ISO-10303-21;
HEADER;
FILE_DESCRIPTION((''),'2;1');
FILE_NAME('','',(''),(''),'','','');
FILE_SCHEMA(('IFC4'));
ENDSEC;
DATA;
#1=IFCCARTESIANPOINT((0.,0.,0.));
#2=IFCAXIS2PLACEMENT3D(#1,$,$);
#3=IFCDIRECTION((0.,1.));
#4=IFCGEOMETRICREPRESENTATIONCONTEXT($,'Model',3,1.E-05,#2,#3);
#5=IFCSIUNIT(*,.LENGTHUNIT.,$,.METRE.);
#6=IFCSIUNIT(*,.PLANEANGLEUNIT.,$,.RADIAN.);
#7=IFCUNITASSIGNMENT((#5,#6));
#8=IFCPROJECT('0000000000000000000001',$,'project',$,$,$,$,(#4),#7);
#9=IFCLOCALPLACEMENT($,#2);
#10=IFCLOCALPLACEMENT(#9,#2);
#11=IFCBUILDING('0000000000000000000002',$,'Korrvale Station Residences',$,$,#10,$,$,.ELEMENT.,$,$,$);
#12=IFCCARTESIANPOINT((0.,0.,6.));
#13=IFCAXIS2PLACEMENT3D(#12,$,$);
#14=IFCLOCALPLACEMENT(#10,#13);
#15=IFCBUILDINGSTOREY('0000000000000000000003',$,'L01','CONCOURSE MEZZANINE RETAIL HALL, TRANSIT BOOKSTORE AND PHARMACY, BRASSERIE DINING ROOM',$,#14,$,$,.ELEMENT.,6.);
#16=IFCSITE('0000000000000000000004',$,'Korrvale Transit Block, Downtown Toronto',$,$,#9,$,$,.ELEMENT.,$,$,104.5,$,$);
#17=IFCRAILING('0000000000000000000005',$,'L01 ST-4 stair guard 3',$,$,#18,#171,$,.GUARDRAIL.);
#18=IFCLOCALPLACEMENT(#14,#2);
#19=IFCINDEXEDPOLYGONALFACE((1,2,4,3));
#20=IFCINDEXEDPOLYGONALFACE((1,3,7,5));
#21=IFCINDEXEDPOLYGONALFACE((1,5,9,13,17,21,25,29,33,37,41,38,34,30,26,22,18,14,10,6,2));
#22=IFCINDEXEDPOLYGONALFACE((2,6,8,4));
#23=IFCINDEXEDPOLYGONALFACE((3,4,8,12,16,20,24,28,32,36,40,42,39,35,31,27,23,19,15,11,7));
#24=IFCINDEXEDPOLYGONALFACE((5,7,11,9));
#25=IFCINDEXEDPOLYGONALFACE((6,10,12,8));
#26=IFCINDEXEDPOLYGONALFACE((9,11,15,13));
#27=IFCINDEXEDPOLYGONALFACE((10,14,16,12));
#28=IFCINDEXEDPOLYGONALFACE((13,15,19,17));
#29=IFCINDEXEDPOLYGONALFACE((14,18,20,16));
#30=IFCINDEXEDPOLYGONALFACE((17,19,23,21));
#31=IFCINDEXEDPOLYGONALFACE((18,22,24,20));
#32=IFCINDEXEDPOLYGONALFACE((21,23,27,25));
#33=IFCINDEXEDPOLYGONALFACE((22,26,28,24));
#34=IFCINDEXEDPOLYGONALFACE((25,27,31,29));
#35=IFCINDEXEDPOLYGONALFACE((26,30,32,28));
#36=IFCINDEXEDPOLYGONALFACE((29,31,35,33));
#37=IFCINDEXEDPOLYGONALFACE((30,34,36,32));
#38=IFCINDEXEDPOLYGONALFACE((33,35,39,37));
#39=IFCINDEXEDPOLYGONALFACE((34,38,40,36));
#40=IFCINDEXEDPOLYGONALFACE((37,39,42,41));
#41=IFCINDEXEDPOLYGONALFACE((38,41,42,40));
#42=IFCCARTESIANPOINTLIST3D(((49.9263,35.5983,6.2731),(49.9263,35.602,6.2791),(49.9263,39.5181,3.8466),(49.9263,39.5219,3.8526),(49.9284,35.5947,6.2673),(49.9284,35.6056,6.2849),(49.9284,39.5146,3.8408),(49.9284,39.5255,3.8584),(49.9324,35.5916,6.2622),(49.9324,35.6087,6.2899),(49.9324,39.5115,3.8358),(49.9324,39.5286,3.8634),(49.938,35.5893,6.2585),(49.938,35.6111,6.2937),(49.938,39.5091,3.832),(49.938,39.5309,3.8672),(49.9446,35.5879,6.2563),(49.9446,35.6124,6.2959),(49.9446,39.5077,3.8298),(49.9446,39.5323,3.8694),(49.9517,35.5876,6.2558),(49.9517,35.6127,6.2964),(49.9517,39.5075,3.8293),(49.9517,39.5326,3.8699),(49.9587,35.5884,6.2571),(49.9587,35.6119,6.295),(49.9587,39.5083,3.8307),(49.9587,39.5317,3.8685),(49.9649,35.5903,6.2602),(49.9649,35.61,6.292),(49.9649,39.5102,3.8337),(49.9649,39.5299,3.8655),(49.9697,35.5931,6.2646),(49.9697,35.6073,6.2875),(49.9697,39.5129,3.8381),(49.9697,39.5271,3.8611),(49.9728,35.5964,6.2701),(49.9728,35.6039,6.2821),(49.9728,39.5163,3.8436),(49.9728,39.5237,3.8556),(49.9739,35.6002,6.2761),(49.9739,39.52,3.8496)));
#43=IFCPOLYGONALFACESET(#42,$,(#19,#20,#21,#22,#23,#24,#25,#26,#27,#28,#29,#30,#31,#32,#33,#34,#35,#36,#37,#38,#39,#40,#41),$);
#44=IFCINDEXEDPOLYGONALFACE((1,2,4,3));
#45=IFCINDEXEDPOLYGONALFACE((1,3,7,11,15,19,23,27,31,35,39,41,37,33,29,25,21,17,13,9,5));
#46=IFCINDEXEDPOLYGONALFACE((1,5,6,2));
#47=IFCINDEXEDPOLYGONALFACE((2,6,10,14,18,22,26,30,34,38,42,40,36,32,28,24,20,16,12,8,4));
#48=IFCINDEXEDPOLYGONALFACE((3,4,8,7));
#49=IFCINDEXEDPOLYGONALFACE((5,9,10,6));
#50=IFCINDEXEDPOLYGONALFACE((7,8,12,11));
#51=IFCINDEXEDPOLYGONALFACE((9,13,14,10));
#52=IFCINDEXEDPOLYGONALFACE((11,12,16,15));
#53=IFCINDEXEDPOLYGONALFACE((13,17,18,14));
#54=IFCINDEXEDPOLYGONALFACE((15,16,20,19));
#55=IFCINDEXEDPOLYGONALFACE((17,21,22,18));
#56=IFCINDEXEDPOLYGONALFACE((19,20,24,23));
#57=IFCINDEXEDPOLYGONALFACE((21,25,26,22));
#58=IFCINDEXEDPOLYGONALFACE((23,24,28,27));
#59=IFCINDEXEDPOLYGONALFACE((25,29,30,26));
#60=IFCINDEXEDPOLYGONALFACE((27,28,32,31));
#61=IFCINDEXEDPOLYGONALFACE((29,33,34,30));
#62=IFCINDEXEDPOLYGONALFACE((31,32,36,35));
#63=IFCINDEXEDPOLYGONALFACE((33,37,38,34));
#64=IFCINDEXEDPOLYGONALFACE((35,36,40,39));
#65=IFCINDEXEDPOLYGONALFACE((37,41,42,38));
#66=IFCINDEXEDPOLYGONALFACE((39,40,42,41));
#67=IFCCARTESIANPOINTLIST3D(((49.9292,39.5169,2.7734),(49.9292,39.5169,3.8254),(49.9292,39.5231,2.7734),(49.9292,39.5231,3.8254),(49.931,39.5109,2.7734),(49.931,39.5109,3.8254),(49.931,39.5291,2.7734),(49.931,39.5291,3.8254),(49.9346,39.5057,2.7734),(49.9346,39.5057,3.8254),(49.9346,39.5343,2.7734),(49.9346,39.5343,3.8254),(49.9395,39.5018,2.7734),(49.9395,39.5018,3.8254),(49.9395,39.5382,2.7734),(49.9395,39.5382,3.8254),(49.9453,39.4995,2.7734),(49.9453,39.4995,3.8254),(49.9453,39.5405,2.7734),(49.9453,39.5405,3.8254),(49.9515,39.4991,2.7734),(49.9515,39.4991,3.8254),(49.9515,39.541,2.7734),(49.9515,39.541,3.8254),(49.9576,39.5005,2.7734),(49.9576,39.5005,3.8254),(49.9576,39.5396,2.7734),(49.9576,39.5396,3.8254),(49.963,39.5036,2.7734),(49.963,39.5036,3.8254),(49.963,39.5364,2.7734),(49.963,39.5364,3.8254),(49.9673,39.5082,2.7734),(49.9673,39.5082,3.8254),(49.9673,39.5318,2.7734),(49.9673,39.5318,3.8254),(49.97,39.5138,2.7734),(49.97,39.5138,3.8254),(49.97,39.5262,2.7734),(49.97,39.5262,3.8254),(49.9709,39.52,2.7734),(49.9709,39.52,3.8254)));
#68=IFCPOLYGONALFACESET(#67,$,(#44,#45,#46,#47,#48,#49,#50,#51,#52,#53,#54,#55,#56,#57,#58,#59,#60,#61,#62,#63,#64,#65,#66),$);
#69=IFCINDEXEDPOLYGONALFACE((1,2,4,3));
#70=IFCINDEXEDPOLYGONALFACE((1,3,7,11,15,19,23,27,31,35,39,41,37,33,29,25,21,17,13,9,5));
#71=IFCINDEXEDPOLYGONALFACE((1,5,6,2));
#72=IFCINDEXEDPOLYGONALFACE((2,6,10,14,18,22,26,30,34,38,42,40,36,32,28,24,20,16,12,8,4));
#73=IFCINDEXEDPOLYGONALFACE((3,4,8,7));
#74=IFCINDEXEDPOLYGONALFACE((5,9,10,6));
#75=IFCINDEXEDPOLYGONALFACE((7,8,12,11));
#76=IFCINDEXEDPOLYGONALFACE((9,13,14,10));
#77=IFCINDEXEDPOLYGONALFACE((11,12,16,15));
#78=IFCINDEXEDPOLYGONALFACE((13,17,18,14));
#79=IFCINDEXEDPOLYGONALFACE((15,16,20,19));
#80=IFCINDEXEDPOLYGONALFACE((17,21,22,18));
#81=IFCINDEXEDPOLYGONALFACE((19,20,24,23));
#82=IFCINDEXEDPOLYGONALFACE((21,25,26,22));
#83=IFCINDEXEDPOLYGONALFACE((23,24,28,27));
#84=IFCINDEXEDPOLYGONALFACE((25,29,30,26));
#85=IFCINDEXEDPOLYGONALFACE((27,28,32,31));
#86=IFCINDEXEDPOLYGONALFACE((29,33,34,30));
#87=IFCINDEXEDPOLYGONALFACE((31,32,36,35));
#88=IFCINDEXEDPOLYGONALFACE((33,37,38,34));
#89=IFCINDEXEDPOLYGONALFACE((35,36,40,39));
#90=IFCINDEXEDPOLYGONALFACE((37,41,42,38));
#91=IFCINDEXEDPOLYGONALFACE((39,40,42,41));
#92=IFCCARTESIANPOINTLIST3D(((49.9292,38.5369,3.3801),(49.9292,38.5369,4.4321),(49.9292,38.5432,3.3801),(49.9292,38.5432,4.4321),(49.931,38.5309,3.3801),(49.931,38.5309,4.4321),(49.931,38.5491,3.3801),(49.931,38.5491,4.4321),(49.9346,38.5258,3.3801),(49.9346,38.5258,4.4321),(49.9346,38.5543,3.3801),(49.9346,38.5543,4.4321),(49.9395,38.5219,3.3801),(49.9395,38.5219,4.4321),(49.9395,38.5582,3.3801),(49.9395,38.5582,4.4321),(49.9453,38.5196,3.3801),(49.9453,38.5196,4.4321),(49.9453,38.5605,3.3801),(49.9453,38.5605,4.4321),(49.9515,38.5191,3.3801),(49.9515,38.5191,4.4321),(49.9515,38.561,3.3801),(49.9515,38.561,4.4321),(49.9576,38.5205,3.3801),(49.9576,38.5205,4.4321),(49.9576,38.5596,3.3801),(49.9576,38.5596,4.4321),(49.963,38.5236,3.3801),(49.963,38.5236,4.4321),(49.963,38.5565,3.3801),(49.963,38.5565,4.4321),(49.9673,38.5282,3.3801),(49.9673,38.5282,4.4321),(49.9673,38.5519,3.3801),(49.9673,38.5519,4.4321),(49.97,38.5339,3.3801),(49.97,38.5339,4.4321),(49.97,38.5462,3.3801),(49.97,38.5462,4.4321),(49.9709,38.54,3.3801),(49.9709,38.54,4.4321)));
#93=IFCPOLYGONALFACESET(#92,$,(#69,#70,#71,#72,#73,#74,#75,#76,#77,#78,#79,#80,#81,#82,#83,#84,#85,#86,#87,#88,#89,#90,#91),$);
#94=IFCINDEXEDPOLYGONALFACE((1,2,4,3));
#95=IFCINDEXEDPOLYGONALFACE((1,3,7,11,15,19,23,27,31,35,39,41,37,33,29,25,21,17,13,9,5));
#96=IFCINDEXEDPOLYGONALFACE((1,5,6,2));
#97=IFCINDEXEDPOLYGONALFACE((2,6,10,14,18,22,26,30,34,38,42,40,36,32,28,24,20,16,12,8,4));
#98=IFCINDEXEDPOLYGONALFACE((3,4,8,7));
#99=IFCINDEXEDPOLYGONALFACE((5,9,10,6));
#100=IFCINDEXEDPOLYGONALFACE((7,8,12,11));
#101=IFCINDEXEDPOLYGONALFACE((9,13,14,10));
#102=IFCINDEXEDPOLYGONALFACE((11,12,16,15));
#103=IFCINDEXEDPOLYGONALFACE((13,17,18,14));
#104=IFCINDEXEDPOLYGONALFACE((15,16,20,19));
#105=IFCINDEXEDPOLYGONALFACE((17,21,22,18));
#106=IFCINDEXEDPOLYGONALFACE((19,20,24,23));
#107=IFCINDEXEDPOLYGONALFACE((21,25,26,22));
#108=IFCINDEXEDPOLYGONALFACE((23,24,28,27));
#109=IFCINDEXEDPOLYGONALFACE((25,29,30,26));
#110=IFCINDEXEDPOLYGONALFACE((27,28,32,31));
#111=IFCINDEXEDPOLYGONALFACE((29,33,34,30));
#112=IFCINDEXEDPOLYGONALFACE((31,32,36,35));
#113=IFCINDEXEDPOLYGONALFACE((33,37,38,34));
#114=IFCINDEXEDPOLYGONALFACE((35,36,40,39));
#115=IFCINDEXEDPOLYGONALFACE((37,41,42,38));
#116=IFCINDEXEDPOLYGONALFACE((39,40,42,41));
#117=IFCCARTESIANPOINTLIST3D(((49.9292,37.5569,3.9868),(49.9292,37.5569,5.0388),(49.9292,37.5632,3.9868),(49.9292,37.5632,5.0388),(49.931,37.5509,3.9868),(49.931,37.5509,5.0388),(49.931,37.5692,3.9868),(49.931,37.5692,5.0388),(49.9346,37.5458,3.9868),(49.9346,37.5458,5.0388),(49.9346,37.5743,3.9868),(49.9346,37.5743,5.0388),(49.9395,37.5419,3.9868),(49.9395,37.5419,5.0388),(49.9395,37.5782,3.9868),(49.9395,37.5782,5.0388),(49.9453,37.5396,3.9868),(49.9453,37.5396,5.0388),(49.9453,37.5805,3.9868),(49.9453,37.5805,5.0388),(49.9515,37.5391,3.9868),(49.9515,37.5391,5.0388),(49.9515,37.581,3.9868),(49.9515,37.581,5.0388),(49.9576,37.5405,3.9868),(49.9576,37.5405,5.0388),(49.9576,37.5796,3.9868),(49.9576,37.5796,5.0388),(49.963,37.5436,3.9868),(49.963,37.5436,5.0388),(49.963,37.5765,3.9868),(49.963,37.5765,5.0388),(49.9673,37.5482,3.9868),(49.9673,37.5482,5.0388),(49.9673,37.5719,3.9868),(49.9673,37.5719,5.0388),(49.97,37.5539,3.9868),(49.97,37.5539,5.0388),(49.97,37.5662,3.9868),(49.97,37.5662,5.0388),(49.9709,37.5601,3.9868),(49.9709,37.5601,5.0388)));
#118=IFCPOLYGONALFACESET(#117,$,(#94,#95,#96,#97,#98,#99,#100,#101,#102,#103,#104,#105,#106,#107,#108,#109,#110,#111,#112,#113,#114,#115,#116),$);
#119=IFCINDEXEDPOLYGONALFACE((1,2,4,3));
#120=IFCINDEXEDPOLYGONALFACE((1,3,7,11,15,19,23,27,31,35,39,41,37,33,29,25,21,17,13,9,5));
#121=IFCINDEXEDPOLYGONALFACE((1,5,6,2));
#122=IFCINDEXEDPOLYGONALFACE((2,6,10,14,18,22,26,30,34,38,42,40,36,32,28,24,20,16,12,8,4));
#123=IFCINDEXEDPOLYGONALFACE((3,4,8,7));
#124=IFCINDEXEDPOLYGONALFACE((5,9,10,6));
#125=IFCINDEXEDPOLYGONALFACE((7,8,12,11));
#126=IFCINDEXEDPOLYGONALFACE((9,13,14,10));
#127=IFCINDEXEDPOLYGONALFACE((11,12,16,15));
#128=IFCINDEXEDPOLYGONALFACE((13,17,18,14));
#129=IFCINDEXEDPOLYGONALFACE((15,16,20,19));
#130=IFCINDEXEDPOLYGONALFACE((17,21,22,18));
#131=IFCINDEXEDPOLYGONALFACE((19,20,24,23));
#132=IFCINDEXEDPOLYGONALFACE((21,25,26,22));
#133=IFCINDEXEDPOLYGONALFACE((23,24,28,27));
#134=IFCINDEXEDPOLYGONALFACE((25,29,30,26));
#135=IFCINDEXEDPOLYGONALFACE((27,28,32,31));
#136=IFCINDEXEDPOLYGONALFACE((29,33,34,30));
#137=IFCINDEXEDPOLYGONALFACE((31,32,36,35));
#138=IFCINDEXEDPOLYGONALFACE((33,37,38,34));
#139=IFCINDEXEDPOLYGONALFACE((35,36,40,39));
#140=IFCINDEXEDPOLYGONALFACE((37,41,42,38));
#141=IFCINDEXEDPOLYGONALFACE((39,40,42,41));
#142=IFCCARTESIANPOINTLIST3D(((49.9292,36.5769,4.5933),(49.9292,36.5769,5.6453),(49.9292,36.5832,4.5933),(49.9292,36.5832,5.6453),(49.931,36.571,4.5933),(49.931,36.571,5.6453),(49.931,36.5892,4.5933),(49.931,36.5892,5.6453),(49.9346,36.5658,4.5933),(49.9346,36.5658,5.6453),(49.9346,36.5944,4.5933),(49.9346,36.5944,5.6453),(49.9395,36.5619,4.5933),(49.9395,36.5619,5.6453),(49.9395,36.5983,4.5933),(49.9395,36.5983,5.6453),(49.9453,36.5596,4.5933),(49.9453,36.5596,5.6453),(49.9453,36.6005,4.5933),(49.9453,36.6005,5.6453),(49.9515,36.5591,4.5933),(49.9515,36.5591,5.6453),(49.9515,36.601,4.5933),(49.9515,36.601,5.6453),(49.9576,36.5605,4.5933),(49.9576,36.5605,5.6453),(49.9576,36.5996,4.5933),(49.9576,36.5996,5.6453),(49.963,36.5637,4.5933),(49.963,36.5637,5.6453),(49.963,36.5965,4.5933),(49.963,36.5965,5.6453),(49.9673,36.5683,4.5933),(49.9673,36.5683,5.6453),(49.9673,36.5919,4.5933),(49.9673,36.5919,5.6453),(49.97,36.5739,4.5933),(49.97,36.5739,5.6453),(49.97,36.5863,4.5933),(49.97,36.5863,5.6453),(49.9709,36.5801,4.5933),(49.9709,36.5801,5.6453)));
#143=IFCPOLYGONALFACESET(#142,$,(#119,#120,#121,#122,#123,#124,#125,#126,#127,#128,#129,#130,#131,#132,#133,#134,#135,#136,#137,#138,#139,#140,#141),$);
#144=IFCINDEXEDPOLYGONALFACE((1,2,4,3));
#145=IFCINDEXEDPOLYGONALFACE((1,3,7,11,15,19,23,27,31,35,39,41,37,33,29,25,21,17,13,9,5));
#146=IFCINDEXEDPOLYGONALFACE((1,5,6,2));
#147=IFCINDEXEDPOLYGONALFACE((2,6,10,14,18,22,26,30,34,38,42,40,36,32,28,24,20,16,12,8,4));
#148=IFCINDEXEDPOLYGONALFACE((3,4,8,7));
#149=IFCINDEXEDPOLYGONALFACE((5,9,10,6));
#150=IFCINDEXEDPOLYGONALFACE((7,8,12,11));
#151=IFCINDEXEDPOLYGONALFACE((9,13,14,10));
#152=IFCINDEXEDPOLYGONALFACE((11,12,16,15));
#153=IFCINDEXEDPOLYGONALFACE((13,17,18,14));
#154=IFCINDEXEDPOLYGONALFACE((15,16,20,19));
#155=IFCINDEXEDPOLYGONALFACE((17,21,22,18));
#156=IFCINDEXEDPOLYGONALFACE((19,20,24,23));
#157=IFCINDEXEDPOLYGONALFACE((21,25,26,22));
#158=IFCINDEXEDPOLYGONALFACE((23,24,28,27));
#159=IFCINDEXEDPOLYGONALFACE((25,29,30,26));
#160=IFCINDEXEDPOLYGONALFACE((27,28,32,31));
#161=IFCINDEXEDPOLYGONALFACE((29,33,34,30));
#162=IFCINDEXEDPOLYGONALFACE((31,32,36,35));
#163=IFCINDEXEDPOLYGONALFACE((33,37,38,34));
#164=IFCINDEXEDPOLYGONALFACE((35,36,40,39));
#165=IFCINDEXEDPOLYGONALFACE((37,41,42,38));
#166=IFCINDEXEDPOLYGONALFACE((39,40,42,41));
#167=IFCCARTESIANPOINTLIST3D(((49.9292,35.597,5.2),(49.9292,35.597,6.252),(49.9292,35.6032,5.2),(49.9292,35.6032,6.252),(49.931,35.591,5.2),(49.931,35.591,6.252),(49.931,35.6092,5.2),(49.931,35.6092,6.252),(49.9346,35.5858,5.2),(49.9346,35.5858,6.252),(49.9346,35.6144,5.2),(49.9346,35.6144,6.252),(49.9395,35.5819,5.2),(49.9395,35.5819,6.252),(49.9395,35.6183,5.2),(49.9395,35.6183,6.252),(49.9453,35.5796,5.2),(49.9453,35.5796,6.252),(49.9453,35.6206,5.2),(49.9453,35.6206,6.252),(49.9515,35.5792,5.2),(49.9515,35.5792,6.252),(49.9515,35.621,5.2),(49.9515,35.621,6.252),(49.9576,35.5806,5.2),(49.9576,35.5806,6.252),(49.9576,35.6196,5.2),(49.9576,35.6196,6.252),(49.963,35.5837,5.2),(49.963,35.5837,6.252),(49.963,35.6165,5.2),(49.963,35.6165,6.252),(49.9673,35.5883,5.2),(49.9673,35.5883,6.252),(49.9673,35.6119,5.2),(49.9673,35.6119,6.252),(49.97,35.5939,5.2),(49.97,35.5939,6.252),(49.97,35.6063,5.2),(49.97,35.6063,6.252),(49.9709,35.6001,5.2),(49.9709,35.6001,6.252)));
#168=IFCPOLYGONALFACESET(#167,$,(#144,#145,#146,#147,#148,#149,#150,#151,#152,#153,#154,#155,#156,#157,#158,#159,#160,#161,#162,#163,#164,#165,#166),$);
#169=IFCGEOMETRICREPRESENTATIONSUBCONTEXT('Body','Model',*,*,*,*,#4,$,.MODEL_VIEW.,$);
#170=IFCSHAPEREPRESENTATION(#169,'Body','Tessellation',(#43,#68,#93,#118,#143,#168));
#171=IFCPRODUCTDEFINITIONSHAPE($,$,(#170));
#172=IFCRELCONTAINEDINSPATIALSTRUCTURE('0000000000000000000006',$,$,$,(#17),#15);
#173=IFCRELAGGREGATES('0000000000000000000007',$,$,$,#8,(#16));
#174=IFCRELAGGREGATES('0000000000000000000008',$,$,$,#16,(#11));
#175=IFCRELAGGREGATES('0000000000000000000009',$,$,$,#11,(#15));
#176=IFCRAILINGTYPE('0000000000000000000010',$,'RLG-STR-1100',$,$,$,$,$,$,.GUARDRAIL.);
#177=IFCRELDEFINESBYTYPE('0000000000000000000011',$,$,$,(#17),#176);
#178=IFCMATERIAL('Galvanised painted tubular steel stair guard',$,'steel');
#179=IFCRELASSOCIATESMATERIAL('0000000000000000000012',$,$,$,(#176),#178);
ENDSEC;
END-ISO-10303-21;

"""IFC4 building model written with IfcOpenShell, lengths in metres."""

from ifc_helpers import new_model, si_unit, direction, frame, origin, origin_2d, place, context, subcontext, project, spatial, circle, extrude, material, type_object, element, save


model = new_model("IFC4")

# Units and contexts
model_context = context("Model", 3, precision=1e-05, world=origin(), true_north=direction((0.0, 1.0)))
body_context = subcontext(model_context, "Body", "Model", "MODEL_VIEW")
ifc_project = project(units=[si_unit("LENGTHUNIT", "METRE"), si_unit("PLANEANGLEUNIT", "RADIAN")], contexts=[model_context])

# Site, building, storey
site_placement = place(None, origin())
site = spatial("IfcSite", under=ifc_project, at=site_placement, Name="Korrvale Transit Block, Downtown Toronto", CompositionType="ELEMENT", RefElevation=104.5)
building_placement = place(site_placement, origin())
building = spatial("IfcBuilding", under=site, at=building_placement, Name="Korrvale Station Residences", CompositionType="ELEMENT")
storey_placement = place(building_placement, frame((0.0, 0.0, 6.0)))
storey = spatial("IfcBuildingStorey", under=building, at=storey_placement, Name="L01", Description="CONCOURSE MEZZANINE RETAIL HALL, TRANSIT BOOKSTORE AND PHARMACY, BRASSERIE DINING ROOM", CompositionType="ELEMENT", Elevation=6.0)

# Railing
ifc_material_1 = material(Name="Galvanised painted tubular steel stair guard", Category="steel")
railing_type_1 = type_object("IfcRailingType", Name="RLG-STR-1100", PredefinedType="GUARDRAIL", material=ifc_material_1)
railing_1_placement = place(storey_placement, frame((49.95, 39.52, 2.7734)))
element("IfcRailing", 1, at=railing_1_placement, inside=storey, type_object=railing_type_1, Name="L01 ST-4 stair guard 3", PredefinedType="GUARDRAIL", context=body_context, shape_type="SweptSolid", body=[
    extrude(circle(Radius=0.0239, at=origin_2d()), frame((0.0, 0.0, 1.0762), z_axis=(0.0, -0.850275, 0.526338), x_axis=(1.0, 0.0, 0.0)), (0.0, 0.0, 1.0), 4.6101),
    extrude(circle(Radius=0.021, at=origin_2d()), origin(), (0.0, 0.0, 1.0), 1.052),
    extrude(circle(Radius=0.021, at=origin_2d()), frame((0.0, -0.98, 0.6067)), (0.0, 0.0, 1.0), 1.052),
    extrude(circle(Radius=0.021, at=origin_2d()), frame((0.0, -1.96, 1.2134)), (0.0, 0.0, 1.0), 1.052),
    extrude(circle(Radius=0.021, at=origin_2d()), frame((0.0, -2.9399, 1.8198)), (0.0, 0.0, 1.0), 1.052),
    extrude(circle(Radius=0.021, at=origin_2d()), frame((0.0, -3.9199, 2.4265)), (0.0, 0.0, 1.0), 1.052),
])

save(model, "model.ifc")
